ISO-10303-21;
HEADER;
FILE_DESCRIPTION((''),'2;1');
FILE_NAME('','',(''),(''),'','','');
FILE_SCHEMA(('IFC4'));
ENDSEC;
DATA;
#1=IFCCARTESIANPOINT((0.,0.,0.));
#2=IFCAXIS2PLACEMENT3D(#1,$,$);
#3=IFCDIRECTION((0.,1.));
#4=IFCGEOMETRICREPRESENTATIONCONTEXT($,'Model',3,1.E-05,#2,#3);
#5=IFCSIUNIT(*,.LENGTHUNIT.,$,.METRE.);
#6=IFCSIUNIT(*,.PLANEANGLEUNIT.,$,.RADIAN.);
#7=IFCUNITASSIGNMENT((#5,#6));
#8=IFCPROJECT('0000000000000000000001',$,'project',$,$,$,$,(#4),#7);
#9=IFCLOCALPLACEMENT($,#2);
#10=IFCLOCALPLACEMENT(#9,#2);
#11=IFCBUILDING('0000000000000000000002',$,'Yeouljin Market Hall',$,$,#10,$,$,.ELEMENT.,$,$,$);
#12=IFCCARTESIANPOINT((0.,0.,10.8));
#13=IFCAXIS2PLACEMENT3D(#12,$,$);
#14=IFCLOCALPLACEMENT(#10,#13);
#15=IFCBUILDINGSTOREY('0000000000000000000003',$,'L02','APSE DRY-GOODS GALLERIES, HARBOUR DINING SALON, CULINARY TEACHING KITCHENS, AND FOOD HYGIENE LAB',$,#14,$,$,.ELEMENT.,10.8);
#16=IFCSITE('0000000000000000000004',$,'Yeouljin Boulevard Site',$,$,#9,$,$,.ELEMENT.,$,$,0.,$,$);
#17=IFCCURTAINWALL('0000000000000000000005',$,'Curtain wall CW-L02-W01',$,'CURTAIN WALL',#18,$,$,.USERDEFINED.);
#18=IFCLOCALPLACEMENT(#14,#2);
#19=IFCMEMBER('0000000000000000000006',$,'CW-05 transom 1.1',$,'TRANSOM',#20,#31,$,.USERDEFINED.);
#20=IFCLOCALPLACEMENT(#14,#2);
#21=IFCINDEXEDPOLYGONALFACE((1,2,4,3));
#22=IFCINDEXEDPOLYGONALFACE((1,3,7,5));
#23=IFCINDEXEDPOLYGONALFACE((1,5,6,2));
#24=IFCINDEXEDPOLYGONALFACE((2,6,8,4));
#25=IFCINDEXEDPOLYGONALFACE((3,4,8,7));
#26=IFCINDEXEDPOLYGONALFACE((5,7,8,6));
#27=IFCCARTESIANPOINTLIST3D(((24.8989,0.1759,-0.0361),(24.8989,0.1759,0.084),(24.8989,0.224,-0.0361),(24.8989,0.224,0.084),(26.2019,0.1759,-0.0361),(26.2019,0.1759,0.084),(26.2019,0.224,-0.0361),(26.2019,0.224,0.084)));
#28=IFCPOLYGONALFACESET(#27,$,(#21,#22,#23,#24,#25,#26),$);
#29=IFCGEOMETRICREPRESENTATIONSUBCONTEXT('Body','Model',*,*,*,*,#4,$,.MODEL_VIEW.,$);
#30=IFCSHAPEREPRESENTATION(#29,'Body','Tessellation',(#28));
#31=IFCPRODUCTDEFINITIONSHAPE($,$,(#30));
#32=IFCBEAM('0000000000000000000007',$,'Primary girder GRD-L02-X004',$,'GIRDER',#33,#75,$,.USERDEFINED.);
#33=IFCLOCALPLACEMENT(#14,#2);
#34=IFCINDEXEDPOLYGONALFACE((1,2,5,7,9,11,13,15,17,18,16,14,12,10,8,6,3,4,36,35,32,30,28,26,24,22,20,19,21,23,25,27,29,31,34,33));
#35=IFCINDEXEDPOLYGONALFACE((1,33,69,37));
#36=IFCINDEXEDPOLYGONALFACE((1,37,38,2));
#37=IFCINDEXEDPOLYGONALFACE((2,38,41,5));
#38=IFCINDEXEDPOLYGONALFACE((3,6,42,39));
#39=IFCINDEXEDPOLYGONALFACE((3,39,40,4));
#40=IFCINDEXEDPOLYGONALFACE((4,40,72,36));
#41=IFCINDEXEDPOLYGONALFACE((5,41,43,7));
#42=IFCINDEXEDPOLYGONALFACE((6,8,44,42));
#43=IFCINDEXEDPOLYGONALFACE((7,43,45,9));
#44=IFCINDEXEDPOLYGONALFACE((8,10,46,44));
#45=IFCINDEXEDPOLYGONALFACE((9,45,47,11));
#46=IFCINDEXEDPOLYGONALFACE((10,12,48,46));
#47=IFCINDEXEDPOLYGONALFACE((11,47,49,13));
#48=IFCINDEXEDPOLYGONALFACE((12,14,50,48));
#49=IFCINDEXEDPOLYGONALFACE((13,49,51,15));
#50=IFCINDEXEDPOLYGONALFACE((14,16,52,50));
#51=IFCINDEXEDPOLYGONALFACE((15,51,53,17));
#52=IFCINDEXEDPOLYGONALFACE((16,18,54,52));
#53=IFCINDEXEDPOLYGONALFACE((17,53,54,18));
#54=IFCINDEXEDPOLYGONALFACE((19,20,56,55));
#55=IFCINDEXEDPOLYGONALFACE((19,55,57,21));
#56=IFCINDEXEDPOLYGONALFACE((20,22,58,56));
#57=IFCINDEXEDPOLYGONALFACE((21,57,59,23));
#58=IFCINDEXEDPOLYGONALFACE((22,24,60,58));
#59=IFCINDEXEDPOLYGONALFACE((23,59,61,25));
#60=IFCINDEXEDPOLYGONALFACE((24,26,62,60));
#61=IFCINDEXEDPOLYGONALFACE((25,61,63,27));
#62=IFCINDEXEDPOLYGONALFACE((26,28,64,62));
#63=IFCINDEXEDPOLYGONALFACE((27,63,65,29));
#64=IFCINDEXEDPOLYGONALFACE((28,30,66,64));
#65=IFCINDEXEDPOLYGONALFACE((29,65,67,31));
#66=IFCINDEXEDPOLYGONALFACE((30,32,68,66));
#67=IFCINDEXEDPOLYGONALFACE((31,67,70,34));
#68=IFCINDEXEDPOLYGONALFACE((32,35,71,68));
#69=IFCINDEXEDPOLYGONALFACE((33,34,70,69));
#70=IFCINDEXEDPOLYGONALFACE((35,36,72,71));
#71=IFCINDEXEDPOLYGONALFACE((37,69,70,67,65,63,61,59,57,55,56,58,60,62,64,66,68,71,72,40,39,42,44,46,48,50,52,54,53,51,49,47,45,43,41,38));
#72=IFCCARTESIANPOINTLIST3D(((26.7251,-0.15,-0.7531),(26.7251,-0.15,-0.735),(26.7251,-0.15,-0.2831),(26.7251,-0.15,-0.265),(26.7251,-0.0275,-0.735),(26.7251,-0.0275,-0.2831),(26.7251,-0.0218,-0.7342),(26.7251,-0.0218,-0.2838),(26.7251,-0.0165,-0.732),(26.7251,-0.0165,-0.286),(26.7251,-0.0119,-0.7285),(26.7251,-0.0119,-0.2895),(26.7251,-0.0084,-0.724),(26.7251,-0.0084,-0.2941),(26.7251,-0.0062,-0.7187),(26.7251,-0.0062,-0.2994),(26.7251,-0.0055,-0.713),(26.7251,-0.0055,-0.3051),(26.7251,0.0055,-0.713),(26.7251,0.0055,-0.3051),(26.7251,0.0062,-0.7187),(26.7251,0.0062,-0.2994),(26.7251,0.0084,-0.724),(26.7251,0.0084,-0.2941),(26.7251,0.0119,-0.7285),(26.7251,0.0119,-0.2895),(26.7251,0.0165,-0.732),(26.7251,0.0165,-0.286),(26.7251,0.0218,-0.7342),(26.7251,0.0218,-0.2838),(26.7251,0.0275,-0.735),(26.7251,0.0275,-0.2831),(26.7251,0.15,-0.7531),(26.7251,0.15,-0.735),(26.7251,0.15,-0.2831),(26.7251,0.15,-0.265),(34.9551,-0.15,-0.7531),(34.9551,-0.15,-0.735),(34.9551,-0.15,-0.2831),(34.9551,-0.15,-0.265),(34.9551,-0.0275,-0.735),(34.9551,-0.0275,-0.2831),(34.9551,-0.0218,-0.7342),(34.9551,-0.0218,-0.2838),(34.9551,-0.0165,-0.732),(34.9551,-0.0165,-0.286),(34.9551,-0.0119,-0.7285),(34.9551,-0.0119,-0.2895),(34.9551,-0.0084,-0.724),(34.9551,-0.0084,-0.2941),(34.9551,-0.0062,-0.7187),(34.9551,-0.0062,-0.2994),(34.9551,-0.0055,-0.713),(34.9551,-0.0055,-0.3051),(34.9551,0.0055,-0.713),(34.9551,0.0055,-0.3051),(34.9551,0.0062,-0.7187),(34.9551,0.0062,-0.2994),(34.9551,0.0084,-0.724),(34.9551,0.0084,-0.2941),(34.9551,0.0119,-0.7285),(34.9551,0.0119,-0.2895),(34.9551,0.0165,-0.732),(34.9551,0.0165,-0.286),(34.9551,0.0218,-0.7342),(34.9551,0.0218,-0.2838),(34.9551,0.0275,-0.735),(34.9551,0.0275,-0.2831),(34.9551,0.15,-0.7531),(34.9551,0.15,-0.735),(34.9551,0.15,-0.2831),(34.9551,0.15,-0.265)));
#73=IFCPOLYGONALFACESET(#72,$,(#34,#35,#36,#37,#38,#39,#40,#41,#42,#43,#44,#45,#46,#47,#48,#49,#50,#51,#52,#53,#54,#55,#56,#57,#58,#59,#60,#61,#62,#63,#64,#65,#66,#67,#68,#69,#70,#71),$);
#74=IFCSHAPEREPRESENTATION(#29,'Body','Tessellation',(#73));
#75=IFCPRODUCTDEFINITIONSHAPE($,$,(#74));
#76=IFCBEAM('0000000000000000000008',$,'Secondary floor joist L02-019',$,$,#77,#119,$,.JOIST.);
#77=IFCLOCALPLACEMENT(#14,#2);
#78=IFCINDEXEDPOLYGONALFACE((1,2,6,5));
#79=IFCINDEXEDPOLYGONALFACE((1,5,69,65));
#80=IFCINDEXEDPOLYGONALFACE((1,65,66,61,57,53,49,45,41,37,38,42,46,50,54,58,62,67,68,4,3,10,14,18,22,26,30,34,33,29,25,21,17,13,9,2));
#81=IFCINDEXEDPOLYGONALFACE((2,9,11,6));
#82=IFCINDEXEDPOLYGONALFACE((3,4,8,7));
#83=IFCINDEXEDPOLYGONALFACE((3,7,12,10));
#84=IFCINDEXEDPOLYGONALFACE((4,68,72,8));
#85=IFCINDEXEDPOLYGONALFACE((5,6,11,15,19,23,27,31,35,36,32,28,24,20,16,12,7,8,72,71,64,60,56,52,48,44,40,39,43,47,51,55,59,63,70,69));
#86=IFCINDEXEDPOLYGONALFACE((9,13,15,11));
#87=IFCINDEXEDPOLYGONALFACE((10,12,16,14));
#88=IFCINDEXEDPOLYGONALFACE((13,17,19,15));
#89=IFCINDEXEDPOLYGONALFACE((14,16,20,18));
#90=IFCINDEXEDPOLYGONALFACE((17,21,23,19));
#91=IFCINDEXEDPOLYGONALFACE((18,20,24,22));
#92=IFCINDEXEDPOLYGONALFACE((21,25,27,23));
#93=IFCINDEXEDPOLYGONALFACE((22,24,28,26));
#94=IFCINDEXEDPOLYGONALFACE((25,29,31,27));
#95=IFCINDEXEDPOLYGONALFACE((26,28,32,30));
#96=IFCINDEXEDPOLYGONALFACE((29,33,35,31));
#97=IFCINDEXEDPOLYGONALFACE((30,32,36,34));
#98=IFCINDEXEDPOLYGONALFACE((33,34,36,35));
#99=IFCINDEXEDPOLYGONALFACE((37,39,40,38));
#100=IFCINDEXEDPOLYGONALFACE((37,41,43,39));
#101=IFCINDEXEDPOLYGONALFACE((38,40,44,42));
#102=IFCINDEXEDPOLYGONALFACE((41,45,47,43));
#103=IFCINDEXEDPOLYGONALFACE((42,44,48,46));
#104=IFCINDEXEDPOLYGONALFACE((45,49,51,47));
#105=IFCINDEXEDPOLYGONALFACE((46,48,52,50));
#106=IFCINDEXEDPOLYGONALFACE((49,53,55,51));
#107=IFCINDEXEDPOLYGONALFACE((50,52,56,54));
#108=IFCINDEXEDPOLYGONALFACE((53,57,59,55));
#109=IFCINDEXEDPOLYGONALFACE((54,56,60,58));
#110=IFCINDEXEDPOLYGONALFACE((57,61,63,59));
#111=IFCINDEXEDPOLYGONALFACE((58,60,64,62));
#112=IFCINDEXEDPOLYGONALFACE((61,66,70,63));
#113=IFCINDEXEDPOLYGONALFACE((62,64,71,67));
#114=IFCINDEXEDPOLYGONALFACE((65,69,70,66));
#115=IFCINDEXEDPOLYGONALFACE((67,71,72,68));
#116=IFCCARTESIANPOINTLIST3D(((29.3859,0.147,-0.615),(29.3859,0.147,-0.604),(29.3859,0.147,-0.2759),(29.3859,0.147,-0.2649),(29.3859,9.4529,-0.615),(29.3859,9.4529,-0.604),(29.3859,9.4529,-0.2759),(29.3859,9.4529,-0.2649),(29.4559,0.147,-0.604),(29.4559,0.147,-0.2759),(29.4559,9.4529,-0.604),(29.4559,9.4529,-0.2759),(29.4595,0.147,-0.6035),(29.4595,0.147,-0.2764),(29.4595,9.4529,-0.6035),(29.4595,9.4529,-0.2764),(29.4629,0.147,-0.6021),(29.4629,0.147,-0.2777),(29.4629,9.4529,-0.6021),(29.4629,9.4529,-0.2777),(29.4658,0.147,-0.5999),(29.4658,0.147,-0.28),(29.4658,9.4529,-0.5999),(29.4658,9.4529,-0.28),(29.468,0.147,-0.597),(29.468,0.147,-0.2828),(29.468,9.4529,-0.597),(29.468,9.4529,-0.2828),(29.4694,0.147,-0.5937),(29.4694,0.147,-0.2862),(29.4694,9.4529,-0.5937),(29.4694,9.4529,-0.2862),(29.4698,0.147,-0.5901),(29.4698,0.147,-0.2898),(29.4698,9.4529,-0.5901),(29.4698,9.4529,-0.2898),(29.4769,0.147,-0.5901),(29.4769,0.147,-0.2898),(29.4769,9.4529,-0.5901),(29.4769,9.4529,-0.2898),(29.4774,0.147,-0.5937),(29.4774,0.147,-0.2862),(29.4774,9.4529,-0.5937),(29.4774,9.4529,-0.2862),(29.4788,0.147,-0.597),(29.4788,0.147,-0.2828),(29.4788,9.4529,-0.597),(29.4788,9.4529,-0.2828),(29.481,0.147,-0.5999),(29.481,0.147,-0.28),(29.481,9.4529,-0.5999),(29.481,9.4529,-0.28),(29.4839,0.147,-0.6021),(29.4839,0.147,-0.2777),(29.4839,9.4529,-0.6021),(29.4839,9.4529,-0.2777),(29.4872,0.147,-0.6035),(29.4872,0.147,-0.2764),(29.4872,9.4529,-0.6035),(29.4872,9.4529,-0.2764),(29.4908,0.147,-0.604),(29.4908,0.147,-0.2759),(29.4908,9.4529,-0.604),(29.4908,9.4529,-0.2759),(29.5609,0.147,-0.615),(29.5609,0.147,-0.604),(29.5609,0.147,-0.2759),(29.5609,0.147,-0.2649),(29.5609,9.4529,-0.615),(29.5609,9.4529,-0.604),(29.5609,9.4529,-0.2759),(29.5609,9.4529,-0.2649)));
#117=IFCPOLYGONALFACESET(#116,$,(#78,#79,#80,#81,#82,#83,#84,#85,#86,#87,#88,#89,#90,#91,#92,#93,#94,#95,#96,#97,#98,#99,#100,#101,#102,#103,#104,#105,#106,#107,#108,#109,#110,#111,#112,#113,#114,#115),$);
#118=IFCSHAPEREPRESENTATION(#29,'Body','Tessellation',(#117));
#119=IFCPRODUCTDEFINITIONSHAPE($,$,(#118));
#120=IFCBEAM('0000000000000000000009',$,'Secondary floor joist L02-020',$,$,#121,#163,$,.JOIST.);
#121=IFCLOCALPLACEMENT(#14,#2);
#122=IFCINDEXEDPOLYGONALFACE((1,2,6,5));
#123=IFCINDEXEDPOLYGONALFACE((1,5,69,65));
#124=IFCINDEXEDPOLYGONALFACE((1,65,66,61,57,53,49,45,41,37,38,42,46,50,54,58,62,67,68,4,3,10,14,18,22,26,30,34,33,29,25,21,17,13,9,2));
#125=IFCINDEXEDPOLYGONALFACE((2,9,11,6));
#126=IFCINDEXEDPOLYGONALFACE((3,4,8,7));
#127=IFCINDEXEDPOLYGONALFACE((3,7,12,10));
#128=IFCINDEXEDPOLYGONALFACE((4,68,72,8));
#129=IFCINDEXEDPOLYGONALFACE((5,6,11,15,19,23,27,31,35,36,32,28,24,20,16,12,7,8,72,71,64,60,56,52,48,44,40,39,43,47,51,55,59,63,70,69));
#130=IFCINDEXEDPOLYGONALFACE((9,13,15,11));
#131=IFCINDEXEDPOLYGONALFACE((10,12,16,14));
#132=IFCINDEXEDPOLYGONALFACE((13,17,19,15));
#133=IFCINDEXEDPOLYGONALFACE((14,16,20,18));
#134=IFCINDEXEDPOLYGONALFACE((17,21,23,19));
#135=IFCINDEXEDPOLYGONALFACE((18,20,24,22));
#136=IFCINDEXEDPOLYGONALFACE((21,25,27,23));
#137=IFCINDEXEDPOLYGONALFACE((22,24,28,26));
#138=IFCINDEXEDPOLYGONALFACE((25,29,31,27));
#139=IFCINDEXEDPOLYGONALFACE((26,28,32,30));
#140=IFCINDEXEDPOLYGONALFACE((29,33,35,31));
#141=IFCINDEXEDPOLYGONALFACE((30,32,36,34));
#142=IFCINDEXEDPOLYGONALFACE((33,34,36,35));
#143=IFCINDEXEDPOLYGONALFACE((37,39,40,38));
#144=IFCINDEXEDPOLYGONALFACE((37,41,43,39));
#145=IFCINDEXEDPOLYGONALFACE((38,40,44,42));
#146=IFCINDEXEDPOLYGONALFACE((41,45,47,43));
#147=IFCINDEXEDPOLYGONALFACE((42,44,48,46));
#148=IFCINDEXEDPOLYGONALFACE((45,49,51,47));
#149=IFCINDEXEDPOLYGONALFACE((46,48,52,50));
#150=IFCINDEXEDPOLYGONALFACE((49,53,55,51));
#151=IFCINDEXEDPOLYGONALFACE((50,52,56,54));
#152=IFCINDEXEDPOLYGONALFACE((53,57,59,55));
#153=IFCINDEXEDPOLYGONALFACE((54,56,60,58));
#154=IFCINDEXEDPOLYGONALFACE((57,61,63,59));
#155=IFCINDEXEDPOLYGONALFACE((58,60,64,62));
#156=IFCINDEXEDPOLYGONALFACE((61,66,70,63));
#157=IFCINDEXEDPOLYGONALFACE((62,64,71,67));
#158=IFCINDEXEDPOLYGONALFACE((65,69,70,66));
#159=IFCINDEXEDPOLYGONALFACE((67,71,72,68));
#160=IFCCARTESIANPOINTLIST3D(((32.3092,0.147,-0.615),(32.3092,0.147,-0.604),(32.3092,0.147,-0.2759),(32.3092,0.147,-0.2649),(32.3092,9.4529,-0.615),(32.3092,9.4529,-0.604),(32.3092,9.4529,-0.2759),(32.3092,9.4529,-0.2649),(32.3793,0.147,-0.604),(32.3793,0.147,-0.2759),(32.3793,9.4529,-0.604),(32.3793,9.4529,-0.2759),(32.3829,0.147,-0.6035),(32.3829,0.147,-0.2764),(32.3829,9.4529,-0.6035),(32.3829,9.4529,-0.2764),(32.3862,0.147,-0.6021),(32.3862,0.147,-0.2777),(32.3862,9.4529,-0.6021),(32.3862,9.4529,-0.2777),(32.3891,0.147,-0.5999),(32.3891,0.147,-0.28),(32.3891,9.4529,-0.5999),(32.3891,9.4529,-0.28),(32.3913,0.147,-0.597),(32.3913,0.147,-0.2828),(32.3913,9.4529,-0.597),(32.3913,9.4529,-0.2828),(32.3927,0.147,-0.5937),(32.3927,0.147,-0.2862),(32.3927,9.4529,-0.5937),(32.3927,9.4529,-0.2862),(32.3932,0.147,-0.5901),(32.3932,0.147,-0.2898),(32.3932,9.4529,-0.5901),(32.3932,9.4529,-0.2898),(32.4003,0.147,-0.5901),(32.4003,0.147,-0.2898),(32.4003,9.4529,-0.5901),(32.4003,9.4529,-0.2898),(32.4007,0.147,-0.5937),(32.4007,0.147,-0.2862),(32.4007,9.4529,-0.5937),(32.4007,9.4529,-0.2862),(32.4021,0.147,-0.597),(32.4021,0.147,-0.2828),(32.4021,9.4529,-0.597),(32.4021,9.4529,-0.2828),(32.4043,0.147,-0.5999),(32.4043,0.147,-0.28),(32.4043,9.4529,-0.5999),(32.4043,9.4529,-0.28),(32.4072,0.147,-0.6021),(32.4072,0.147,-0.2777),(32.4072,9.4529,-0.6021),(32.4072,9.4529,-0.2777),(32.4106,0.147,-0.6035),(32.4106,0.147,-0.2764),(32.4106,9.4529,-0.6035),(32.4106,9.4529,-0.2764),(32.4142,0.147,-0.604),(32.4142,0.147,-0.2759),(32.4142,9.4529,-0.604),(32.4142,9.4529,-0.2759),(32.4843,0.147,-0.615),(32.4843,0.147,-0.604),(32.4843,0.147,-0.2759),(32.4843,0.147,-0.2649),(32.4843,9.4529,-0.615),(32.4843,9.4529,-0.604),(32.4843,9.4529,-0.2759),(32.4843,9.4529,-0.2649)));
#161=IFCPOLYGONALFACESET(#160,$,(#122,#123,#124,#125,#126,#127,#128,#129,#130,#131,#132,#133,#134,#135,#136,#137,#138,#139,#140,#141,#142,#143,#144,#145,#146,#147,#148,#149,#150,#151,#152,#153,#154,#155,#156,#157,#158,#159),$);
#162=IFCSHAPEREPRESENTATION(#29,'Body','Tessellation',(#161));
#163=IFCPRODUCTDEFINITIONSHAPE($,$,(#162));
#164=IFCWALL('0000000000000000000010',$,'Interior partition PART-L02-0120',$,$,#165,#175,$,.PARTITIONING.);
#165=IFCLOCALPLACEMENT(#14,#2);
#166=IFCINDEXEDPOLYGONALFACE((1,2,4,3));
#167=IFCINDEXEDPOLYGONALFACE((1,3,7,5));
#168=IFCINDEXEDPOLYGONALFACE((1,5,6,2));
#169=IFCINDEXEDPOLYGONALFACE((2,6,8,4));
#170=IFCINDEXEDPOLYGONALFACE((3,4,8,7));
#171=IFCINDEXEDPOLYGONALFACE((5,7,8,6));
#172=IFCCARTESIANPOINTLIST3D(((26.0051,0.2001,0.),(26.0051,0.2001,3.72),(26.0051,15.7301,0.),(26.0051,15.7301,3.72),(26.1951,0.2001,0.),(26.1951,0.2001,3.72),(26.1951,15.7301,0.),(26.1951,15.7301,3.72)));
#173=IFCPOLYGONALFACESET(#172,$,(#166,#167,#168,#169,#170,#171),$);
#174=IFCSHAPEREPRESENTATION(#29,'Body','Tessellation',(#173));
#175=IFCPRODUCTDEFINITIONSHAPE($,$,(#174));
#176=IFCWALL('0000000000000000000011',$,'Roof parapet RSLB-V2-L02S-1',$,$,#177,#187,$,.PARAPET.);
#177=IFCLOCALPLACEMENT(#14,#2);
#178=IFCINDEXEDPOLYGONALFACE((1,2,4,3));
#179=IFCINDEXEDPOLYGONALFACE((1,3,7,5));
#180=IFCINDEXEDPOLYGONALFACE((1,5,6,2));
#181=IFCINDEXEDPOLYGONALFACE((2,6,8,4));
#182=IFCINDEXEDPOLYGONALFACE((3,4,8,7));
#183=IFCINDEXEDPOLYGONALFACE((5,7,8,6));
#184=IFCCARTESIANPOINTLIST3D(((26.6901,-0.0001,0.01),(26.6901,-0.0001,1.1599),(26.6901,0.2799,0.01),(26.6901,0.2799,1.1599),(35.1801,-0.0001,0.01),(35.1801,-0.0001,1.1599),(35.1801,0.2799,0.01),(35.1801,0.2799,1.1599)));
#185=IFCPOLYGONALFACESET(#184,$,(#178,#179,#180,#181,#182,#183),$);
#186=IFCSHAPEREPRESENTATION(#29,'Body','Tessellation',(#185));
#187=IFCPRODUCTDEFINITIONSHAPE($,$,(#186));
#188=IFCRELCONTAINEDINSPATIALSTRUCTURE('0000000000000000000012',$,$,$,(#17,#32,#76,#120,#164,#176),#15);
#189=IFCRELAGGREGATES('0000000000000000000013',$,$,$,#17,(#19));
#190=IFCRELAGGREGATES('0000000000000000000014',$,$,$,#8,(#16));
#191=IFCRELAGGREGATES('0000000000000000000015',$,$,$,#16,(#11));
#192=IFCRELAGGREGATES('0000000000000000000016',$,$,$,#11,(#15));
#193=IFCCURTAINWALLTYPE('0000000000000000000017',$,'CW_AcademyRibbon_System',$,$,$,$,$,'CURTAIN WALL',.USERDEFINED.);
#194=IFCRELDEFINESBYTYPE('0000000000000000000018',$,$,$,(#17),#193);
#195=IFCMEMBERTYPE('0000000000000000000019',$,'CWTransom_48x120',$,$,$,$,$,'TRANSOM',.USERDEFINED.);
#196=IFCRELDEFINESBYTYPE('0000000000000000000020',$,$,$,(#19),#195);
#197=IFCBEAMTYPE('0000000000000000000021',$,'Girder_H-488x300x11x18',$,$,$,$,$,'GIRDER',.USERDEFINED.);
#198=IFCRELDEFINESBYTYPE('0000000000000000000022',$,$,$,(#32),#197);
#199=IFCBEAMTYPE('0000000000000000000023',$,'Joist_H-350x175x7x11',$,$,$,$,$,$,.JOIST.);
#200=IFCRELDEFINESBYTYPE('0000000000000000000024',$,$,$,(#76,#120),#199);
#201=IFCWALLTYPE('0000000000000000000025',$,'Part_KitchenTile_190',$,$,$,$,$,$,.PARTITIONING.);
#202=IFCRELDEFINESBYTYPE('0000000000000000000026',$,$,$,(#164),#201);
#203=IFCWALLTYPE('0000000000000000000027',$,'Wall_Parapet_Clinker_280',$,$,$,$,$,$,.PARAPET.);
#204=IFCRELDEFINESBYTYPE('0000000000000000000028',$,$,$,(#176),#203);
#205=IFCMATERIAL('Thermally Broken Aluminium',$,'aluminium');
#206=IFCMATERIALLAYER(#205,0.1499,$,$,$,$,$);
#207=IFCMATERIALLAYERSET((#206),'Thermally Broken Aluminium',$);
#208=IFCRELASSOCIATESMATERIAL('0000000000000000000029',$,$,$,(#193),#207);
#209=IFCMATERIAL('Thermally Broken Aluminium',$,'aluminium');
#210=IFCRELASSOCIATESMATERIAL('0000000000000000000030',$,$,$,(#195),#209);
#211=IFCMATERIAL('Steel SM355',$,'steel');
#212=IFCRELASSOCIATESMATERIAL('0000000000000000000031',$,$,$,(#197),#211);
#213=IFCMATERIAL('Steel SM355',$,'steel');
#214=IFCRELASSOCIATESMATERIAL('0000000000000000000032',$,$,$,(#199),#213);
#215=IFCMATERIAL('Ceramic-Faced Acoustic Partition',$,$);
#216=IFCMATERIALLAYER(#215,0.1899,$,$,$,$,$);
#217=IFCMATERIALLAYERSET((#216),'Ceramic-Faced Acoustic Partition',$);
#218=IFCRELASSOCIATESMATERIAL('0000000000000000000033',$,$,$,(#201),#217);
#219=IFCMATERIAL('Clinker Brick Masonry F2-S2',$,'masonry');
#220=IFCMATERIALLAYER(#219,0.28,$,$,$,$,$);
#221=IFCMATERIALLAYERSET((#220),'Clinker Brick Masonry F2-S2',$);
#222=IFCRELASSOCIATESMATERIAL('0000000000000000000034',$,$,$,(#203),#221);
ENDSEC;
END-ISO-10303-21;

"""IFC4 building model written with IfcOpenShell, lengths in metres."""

from ifc_helpers import new_model, si_unit, direction, frame, frame_2d, origin, origin_2d, place, context, subcontext, project, spatial, rectangle, i_section, extrude, material, layer, layer_set, material_profile, profile_set, type_object, element, aggregate, save


model = new_model("IFC4")

# Units and contexts
model_context = context("Model", 3, precision=1e-05, world=origin(), true_north=direction((0.0, 1.0)))
body_context = subcontext(model_context, "Body", "Model", "MODEL_VIEW")
ifc_project = project(units=[si_unit("LENGTHUNIT", "METRE"), si_unit("PLANEANGLEUNIT", "RADIAN")], contexts=[model_context])

# Site, building, storey
site_placement = place(None, origin())
site = spatial("IfcSite", under=ifc_project, at=site_placement, Name="Yeouljin Boulevard Site", CompositionType="ELEMENT", RefElevation=0.0)
building_placement = place(site_placement, origin())
building = spatial("IfcBuilding", under=site, at=building_placement, Name="Yeouljin Market Hall", CompositionType="ELEMENT")
storey_placement = place(building_placement, frame((0.0, 0.0, 10.8)))
storey = spatial("IfcBuildingStorey", under=building, at=storey_placement, Name="L02", Description="APSE DRY-GOODS GALLERIES, HARBOUR DINING SALON, CULINARY TEACHING KITCHENS, AND FOOD HYGIENE LAB", CompositionType="ELEMENT", Elevation=10.8)

# Curtain wall, member
ifc_material_1 = material(Name="Thermally Broken Aluminium", Category="aluminium")
ifc_layer_1 = layer(ifc_material_1, 0.1499)
ifc_layer_set_1 = layer_set([ifc_layer_1], Name="Thermally Broken Aluminium")
curtain_wall_type = type_object("IfcCurtainWallType", Name="CW_AcademyRibbon_System", ElementType="CURTAIN WALL", PredefinedType="USERDEFINED", material=ifc_layer_set_1)
curtain_wall_placement = place(storey_placement, origin())
curtain_wall = element("IfcCurtainWall", 1, at=curtain_wall_placement, inside=storey, type_object=curtain_wall_type, Name="Curtain wall CW-L02-W01", ObjectType="CURTAIN WALL", PredefinedType="USERDEFINED")
ifc_material_2 = material(Name="Thermally Broken Aluminium", Category="aluminium")
ifc_material_profile_1 = material_profile(ifc_material_2, rectangle(XDim=0.0481, YDim=0.1201, at=origin_2d()), Name="CW-TRAN-48x120")
ifc_profile_set_1 = profile_set([ifc_material_profile_1], Name="Thermally Broken Aluminium")
member_type = type_object("IfcMemberType", Name="CWTransom_48x120", ElementType="TRANSOM", PredefinedType="USERDEFINED", material=ifc_profile_set_1)
member_placement = place(storey_placement, frame((26.2019, 0.2, 0.0239), z_axis=(-1.0, 0.0, 0.0), x_axis=(0.0, -1.0, 0.0)))
member = element("IfcMember", 2, at=member_placement, type_object=member_type, Name="CW-05 transom 1.1", ObjectType="TRANSOM", PredefinedType="USERDEFINED", context=body_context, shape_type="SweptSolid", body=[
    extrude(rectangle(XDim=0.0481, YDim=0.1201, at=origin_2d()), origin(), (0.0, 0.0, 1.0), 1.303),
])
aggregate(curtain_wall, [member])

# Beams
ifc_material_3 = material(Name="Steel SM355", Category="steel")
ifc_material_profile_2 = material_profile(ifc_material_3, i_section(OverallWidth=0.3, OverallDepth=0.488, WebThickness=0.011, FlangeThickness=0.0181, FilletRadius=0.022, at=origin_2d()), Name="H-488x300x11x18")
ifc_profile_set_2 = profile_set([ifc_material_profile_2], Name="Steel SM355")
beam_type_1 = type_object("IfcBeamType", Name="Girder_H-488x300x11x18", ElementType="GIRDER", PredefinedType="USERDEFINED", material=ifc_profile_set_2)
beam_placement = place(storey_placement, frame((26.7251, 0.0, -0.509), z_axis=(1.0, 0.0, 0.0), x_axis=(0.0, 1.0, 0.0)))
element("IfcBeam", 3, at=beam_placement, inside=storey, type_object=beam_type_1, Name="Primary girder GRD-L02-X004", ObjectType="GIRDER", PredefinedType="USERDEFINED", context=body_context, shape_type="SweptSolid", body=[
    extrude(i_section(OverallWidth=0.3, OverallDepth=0.488, WebThickness=0.011, FlangeThickness=0.0181, FilletRadius=0.022, at=origin_2d()), origin(), (0.0, 0.0, 1.0), 8.23),
])
ifc_material_4 = material(Name="Steel SM355", Category="steel")
ifc_material_profile_3 = material_profile(ifc_material_4, i_section(OverallWidth=0.175, OverallDepth=0.3501, WebThickness=0.0071, FlangeThickness=0.011, FilletRadius=0.0139, at=origin_2d()), Name="H-350x175x7x11")
ifc_profile_set_3 = profile_set([ifc_material_profile_3], Name="Steel SM355")
beam_type_2 = type_object("IfcBeamType", Name="Joist_H-350x175x7x11", PredefinedType="JOIST", material=ifc_profile_set_3)
for number, where, z_axis, x_axis, name in (
    (4, (29.4734, 0.147, -0.4399), (0.0, 1.0, 0.0), (-1.0, 0.0, 0.0), "Secondary floor joist L02-019"),
    (5, (32.3967, 0.147, -0.4399), (0.0, 1.0, 0.0), (-1.0, 0.0, 0.0), "Secondary floor joist L02-020"),
):
    element("IfcBeam", number, at=place(storey_placement, frame(where, z_axis=z_axis, x_axis=x_axis)), inside=storey, type_object=beam_type_2, Name=name, PredefinedType="JOIST", context=body_context, shape_type="SweptSolid", body=[
        extrude(i_section(OverallWidth=0.175, OverallDepth=0.3501, WebThickness=0.0071, FlangeThickness=0.011, FilletRadius=0.0139, at=origin_2d()), origin(), (0.0, 0.0, 1.0), 9.3059),
    ])

# Walls
ifc_material_5 = material(Name="Ceramic-Faced Acoustic Partition")
ifc_layer_2 = layer(ifc_material_5, 0.1899)
ifc_layer_set_2 = layer_set([ifc_layer_2], Name="Ceramic-Faced Acoustic Partition")
wall_type_1 = type_object("IfcWallType", Name="Part_KitchenTile_190", PredefinedType="PARTITIONING", material=ifc_layer_set_2)
wall_1_placement = place(storey_placement, frame((26.1001, 0.2, 0.0), z_axis=(0.0, 0.0, 1.0), x_axis=(0.0, 1.0, 0.0)))
element("IfcWall", 6, at=wall_1_placement, inside=storey, type_object=wall_type_1, Name="Interior partition PART-L02-0120", PredefinedType="PARTITIONING", context=body_context, shape_type="SweptSolid", body=[
    extrude(rectangle(XDim=15.53, YDim=0.1899, at=frame_2d((7.7651, 0.0))), origin(), (0.0, 0.0, 1.0), 3.72),
])
ifc_material_6 = material(Name="Clinker Brick Masonry F2-S2", Category="masonry")
ifc_layer_3 = layer(ifc_material_6, 0.28)
ifc_layer_set_3 = layer_set([ifc_layer_3], Name="Clinker Brick Masonry F2-S2")
wall_type_2 = type_object("IfcWallType", Name="Wall_Parapet_Clinker_280", PredefinedType="PARAPET", material=ifc_layer_set_3)
wall_2_placement = place(storey_placement, frame((26.6899, 0.1399, 0.01), z_axis=(0.0, 0.0, 1.0), x_axis=(1.0, 0.0, 0.0)))
element("IfcWall", 7, at=wall_2_placement, inside=storey, type_object=wall_type_2, Name="Roof parapet RSLB-V2-L02S-1", PredefinedType="PARAPET", context=body_context, shape_type="SweptSolid", body=[
    extrude(rectangle(XDim=8.49, YDim=0.28, at=frame_2d((4.2451, 0.0))), origin(), (0.0, 0.0, 1.0), 1.1499),
])

save(model, "model.ifc")
